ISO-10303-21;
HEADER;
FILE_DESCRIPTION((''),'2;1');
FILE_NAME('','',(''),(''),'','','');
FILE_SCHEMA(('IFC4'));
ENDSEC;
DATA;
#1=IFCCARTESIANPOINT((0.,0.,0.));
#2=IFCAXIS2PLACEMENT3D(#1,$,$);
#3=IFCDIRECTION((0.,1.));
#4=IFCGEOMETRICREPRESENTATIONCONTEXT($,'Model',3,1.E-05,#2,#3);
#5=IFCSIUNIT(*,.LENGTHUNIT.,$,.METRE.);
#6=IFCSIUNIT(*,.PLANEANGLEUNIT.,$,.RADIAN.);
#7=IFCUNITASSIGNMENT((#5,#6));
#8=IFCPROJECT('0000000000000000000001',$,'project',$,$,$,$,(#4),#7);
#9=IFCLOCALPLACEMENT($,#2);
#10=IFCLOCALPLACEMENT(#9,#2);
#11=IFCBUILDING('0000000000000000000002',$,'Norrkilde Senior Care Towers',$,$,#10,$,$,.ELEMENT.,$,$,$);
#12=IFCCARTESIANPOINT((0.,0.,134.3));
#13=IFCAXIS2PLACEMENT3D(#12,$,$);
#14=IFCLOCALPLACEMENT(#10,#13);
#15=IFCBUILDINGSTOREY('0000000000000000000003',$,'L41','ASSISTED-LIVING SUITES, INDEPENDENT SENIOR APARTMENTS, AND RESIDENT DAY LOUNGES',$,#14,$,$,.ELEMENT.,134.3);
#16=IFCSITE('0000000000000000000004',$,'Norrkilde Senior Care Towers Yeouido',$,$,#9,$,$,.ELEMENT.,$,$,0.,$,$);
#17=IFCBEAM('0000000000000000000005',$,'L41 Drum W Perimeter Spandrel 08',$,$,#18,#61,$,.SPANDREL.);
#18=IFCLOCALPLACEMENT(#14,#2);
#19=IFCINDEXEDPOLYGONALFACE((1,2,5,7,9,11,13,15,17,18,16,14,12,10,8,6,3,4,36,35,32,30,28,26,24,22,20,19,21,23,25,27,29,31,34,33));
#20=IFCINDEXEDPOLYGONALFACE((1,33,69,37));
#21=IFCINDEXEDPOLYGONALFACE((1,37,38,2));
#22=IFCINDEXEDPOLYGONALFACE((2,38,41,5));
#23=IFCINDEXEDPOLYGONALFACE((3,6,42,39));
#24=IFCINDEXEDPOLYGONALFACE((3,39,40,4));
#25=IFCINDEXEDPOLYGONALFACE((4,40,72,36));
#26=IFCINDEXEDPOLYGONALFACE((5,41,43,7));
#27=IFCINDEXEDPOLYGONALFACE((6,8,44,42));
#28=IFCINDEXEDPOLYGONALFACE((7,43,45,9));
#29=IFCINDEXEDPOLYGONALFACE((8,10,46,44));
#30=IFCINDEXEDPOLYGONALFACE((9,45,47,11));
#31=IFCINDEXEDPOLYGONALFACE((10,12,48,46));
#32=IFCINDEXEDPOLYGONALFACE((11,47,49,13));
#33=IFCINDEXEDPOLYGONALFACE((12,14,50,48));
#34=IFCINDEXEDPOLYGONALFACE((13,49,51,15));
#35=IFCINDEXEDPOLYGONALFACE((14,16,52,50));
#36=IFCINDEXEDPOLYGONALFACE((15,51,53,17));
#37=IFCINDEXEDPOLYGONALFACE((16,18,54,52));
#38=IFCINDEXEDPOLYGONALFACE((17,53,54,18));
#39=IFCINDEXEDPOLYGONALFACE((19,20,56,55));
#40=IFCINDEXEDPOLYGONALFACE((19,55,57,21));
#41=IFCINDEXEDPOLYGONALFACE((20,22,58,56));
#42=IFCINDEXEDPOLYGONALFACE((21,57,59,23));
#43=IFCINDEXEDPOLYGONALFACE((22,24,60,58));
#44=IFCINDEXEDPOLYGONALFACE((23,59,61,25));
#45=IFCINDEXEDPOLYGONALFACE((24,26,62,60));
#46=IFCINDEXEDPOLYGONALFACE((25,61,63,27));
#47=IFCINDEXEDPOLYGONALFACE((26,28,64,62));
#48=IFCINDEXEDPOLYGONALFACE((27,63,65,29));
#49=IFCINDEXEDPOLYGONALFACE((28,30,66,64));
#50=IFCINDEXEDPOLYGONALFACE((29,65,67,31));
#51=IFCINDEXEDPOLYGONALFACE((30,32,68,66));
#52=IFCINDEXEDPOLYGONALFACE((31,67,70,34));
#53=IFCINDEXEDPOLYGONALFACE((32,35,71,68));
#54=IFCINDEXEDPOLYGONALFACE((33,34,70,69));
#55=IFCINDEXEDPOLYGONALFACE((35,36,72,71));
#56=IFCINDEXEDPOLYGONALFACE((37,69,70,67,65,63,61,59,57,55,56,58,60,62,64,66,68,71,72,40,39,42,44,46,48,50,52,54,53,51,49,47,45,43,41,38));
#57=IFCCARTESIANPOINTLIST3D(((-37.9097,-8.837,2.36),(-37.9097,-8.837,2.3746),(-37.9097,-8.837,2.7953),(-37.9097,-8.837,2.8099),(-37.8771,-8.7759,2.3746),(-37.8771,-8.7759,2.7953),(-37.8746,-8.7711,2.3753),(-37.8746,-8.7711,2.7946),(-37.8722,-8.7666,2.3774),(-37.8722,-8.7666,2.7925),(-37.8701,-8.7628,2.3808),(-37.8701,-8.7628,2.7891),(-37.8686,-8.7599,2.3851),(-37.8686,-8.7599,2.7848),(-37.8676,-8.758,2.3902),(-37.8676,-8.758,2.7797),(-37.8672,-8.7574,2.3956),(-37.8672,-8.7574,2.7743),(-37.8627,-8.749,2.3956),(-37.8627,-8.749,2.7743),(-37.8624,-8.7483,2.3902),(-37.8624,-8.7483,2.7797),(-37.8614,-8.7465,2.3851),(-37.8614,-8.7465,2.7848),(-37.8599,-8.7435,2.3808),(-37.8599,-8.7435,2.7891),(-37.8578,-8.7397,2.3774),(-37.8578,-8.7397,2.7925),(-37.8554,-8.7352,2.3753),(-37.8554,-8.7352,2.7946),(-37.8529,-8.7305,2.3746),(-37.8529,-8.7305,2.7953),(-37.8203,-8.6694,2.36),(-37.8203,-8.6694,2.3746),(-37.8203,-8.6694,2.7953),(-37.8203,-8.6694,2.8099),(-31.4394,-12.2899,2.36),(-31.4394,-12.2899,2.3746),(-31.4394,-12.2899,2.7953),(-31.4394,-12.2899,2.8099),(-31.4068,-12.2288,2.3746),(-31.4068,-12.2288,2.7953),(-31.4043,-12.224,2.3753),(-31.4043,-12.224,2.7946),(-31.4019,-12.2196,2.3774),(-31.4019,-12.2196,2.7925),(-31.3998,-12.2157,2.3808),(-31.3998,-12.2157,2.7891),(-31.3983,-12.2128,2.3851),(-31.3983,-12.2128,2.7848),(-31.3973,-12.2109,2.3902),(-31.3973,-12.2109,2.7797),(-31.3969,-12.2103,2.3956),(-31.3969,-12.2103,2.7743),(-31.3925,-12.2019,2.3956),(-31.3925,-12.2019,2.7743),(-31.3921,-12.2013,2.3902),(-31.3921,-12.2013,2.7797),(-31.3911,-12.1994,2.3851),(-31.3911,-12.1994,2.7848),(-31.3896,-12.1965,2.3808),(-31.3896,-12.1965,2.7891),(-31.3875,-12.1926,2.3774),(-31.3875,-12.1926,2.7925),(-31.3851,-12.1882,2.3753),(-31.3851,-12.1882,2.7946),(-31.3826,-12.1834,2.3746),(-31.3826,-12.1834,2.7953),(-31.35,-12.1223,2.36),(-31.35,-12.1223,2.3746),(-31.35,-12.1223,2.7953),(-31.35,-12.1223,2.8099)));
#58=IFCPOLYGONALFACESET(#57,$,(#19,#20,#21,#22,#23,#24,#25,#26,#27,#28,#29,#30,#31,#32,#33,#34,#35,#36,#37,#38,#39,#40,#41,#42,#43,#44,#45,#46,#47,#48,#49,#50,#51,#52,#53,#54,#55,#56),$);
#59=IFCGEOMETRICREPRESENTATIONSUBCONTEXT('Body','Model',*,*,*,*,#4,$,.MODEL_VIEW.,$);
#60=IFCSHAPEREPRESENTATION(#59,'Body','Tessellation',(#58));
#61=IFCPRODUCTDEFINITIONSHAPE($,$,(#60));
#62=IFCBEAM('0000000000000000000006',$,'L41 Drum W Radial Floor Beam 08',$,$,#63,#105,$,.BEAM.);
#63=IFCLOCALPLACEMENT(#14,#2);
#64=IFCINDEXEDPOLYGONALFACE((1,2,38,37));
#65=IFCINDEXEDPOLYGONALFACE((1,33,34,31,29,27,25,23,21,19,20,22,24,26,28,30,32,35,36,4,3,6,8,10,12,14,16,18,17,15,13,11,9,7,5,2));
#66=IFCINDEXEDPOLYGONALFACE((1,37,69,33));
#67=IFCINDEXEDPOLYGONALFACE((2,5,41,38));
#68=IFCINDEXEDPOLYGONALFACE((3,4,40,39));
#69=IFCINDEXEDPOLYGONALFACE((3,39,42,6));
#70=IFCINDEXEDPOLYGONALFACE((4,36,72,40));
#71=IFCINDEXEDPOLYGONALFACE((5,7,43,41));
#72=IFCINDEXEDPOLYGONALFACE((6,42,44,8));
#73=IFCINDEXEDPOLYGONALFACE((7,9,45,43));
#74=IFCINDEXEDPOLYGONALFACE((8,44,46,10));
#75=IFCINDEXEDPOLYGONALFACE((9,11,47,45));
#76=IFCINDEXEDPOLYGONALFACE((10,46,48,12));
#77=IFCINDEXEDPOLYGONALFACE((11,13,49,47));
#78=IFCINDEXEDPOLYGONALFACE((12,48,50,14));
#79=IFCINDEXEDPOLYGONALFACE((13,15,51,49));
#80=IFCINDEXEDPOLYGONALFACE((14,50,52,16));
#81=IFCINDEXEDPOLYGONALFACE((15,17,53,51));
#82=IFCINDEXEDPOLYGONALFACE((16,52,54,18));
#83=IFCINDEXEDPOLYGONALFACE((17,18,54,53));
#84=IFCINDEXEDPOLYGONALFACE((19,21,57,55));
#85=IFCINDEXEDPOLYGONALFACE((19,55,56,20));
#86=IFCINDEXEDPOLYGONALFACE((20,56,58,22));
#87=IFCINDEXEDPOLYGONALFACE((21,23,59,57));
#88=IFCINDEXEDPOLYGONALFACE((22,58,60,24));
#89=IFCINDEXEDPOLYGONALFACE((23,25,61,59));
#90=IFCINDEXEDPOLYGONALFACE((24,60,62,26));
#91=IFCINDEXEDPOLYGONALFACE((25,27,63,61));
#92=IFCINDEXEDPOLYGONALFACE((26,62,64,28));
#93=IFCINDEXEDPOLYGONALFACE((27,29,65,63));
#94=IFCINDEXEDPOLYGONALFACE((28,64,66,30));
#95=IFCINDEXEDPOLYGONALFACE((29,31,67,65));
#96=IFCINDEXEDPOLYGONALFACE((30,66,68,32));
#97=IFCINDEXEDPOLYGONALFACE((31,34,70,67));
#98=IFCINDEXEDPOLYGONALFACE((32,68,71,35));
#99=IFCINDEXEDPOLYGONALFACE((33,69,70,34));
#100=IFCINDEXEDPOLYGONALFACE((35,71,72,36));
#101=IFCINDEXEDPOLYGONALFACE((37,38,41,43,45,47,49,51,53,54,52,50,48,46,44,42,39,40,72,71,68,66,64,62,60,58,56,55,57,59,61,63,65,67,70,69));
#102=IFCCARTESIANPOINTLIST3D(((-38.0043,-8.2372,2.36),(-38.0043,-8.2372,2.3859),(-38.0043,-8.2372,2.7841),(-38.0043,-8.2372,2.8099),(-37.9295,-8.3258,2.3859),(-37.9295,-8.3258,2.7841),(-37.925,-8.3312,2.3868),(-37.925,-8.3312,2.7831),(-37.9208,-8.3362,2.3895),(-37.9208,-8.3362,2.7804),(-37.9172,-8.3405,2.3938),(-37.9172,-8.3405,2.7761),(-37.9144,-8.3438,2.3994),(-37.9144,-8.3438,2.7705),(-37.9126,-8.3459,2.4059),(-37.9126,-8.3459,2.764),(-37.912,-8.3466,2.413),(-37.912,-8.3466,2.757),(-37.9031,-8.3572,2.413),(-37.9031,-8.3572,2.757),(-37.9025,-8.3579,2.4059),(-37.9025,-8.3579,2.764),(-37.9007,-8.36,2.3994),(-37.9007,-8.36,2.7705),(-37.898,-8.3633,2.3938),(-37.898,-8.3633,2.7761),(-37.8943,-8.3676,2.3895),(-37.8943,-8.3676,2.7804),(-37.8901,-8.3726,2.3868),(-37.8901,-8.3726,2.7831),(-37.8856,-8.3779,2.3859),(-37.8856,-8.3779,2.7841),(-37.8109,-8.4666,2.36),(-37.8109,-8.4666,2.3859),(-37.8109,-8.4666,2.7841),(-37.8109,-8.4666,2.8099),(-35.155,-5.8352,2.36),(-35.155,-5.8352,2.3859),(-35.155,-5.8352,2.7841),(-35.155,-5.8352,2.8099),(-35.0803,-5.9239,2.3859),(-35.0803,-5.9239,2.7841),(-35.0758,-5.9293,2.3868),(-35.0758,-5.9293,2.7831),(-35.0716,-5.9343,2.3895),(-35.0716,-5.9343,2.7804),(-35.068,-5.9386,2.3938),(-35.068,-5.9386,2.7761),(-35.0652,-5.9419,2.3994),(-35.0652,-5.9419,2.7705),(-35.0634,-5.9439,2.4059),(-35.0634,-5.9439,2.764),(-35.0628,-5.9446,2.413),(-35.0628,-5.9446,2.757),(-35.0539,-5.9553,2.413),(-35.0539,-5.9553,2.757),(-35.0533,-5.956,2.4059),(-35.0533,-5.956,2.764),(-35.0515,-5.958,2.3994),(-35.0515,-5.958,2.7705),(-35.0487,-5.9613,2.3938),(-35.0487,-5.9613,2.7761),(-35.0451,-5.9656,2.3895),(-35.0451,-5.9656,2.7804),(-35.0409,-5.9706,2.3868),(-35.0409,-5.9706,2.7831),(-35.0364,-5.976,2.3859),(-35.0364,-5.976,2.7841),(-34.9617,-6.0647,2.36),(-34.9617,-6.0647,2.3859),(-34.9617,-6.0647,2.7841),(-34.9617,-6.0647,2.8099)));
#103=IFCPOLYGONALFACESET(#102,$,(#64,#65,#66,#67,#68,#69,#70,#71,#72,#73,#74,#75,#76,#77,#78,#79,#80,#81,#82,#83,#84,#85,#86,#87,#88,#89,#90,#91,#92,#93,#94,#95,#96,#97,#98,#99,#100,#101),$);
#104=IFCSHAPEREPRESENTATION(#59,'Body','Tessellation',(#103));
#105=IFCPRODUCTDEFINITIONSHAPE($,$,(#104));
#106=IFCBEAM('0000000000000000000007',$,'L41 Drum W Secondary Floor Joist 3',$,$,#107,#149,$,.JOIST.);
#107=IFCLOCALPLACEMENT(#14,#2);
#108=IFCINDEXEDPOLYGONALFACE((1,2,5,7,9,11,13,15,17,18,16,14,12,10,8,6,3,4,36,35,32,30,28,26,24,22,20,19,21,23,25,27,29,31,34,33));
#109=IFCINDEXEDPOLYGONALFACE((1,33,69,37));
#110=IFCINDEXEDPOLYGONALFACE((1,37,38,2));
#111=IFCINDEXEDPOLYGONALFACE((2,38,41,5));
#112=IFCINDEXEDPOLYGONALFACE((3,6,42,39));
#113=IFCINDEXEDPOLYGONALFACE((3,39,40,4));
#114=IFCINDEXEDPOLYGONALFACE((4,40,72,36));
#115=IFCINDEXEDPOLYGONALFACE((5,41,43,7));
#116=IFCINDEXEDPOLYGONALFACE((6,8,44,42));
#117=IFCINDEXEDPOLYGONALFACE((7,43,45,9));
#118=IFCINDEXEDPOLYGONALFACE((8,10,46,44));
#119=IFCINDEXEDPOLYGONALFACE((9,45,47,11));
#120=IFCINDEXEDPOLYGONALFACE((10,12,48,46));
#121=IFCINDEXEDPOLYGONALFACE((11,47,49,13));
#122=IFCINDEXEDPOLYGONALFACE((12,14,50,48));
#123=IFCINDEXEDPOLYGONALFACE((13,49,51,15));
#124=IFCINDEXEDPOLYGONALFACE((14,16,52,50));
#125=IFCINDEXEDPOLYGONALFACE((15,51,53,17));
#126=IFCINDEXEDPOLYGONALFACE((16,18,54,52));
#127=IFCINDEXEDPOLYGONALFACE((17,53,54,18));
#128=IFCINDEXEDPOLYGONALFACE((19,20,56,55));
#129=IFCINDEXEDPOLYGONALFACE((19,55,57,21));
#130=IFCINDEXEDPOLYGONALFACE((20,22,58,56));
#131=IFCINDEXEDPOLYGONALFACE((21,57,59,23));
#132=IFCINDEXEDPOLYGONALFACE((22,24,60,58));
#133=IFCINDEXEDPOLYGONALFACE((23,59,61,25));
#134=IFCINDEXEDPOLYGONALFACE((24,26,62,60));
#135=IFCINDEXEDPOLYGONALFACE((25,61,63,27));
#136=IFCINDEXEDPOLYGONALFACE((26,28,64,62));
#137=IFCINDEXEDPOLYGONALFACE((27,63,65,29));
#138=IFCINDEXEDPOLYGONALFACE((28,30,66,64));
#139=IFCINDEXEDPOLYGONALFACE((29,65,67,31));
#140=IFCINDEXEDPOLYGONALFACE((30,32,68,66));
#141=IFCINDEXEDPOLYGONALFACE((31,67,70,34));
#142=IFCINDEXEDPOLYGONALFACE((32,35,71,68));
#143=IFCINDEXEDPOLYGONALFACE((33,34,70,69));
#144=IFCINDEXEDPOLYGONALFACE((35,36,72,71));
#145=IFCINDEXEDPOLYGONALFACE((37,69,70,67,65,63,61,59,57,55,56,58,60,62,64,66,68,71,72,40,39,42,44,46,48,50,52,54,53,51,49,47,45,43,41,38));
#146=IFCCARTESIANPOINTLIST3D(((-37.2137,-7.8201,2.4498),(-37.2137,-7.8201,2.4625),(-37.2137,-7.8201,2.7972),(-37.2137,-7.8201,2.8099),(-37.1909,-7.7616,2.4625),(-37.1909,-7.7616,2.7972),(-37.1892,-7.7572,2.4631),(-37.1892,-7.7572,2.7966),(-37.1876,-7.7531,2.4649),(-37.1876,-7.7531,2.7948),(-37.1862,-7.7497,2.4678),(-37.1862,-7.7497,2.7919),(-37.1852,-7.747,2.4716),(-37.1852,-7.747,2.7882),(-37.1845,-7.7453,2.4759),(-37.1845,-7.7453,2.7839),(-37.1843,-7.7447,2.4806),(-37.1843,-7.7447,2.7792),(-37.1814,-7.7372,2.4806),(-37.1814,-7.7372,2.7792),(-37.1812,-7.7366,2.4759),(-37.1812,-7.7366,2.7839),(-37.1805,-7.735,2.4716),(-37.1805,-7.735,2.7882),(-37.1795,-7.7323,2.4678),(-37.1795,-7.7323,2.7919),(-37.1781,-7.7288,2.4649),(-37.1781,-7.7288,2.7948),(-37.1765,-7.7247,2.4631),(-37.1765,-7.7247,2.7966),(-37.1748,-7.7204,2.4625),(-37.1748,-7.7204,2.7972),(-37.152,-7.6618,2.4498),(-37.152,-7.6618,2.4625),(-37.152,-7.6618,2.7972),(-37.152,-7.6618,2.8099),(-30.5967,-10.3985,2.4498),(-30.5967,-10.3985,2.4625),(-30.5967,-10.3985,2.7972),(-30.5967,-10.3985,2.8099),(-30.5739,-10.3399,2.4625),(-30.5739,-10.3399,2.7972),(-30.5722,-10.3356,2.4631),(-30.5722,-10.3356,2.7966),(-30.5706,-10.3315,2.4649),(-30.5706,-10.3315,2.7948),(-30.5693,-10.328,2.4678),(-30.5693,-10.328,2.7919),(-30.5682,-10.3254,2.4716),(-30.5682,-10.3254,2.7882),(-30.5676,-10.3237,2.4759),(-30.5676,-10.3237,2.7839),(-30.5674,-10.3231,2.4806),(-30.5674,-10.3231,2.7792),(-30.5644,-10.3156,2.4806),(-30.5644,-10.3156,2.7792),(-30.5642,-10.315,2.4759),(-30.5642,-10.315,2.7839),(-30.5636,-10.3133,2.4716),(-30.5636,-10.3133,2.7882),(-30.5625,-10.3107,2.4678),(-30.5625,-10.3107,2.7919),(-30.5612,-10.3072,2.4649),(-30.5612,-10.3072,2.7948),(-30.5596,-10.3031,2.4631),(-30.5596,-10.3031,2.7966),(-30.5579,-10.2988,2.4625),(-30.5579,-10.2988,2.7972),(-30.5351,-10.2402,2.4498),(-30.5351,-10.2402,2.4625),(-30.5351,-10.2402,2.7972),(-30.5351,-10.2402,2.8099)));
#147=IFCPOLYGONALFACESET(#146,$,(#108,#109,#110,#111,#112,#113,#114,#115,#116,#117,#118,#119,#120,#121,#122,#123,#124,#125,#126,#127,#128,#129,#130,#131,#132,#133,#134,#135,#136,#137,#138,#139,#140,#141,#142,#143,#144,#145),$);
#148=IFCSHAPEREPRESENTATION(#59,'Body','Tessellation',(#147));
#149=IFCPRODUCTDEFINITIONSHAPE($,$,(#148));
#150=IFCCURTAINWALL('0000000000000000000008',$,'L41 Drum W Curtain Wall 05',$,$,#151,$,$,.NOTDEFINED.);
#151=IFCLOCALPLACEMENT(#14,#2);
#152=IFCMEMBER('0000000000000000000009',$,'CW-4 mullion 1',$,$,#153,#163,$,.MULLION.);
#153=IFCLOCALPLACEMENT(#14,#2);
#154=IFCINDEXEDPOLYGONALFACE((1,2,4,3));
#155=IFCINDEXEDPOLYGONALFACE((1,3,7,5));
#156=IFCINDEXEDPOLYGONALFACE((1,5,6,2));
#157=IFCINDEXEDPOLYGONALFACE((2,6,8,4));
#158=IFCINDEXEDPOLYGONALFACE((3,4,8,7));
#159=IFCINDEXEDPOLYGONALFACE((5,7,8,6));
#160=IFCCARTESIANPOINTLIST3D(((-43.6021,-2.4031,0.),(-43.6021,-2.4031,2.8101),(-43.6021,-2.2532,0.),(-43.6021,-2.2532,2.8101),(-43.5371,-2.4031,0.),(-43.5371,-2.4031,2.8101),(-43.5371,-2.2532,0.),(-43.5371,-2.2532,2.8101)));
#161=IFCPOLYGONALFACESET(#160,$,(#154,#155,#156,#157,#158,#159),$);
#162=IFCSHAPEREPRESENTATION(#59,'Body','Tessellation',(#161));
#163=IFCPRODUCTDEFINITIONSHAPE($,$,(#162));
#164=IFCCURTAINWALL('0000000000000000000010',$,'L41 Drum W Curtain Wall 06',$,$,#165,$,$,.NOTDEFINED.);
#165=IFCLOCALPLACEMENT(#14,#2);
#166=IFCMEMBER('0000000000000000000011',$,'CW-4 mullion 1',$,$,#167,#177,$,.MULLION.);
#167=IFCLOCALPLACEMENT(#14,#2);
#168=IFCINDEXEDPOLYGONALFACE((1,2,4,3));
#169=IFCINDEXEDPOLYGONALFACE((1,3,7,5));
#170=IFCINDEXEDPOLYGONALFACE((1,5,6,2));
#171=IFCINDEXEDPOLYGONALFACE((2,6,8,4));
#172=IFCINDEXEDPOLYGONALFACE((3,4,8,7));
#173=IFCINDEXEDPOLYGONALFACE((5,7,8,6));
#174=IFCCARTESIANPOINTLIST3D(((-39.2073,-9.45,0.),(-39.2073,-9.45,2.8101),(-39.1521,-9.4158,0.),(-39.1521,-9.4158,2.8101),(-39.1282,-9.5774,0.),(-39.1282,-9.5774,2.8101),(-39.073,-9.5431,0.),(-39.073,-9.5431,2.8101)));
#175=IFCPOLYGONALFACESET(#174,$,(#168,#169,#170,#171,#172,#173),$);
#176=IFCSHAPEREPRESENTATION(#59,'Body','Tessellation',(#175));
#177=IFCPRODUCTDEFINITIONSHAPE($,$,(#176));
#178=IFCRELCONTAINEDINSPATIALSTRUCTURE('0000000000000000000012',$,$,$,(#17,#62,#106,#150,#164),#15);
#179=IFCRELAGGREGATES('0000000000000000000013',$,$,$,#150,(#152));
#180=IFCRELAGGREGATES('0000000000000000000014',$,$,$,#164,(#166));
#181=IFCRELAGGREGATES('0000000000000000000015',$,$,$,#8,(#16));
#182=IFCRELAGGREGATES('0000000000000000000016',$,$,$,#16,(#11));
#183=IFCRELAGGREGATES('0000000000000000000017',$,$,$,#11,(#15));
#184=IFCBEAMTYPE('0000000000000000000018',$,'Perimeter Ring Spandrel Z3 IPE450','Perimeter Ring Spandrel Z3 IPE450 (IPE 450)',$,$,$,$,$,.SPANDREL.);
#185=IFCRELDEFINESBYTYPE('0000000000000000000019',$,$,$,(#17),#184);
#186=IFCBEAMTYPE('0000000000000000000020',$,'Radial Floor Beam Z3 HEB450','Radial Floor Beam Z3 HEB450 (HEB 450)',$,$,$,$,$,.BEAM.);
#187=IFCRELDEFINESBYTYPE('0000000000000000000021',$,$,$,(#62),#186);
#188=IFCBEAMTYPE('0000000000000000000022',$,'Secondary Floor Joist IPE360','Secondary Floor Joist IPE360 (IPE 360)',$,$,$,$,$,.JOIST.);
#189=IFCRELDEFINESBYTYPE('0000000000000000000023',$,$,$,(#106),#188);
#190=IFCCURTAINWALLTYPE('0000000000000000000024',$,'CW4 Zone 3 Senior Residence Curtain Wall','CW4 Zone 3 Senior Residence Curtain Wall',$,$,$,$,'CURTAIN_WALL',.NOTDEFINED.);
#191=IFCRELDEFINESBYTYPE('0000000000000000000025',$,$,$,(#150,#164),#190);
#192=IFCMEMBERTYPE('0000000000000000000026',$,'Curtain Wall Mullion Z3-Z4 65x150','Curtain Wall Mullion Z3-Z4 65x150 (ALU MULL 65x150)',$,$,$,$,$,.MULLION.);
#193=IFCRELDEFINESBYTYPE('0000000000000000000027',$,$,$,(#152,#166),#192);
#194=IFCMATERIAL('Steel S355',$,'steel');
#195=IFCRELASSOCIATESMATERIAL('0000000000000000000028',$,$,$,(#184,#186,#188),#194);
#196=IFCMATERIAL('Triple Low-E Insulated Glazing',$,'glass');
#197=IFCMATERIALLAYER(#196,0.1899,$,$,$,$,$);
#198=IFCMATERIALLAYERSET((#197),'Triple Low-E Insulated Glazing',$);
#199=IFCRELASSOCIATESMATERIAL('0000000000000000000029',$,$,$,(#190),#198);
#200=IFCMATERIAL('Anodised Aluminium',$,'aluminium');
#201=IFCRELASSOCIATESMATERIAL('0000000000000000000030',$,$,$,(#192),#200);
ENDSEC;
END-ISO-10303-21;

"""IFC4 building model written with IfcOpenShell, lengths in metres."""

from ifc_helpers import new_model, si_unit, direction, frame, origin, origin_2d, place, context, subcontext, project, spatial, rectangle, i_section, extrude, source, transform, mapped, material, layer, layer_set, material_profile, profile_set, type_object, type_shapes, element, aggregate, save


model = new_model("IFC4")

# Units and contexts
model_context = context("Model", 3, precision=1e-05, world=origin(), true_north=direction((0.0, 1.0)))
body_context = subcontext(model_context, "Body", "Model", "MODEL_VIEW")
ifc_project = project(units=[si_unit("LENGTHUNIT", "METRE"), si_unit("PLANEANGLEUNIT", "RADIAN")], contexts=[model_context])

# Site, building, storey
site_placement = place(None, origin())
site = spatial("IfcSite", under=ifc_project, at=site_placement, Name="Norrkilde Senior Care Towers Yeouido", CompositionType="ELEMENT", RefElevation=0.0)
building_placement = place(site_placement, origin())
building = spatial("IfcBuilding", under=site, at=building_placement, Name="Norrkilde Senior Care Towers", CompositionType="ELEMENT")
storey_placement = place(building_placement, frame((0.0, 0.0, 134.3)))
storey = spatial("IfcBuildingStorey", under=building, at=storey_placement, Name="L41", Description="ASSISTED-LIVING SUITES, INDEPENDENT SENIOR APARTMENTS, AND RESIDENT DAY LOUNGES", CompositionType="ELEMENT", Elevation=134.3)

# Beams
ifc_material_1 = material(Name="Steel S355", Category="steel")
ifc_material_profile_1 = material_profile(ifc_material_1, i_section(OverallWidth=0.1899, OverallDepth=0.45, WebThickness=0.0095, FlangeThickness=0.0146, FilletRadius=0.021, at=origin_2d()), Name="IPE 450")
ifc_profile_set_1 = profile_set([ifc_material_profile_1], Name="Steel S355")
beam_type_1 = type_object("IfcBeamType", Name="Perimeter Ring Spandrel Z3 IPE450", Description="Perimeter Ring Spandrel Z3 IPE450 (IPE 450)", PredefinedType="SPANDREL", material=ifc_profile_set_1)
shared_shape_1 = source(origin(), body_context, "Body", "SweptSolid", [
    extrude(i_section(OverallWidth=0.1899, OverallDepth=0.45, WebThickness=0.0095, FlangeThickness=0.0146, FilletRadius=0.021, at=origin_2d()), origin(), (0.0, 0.0, 1.0), 7.334),
])
beam_1_placement = place(storey_placement, frame((-37.865, -8.7532, 2.585), z_axis=(0.882234, -0.470811, 0.0), x_axis=(0.470811, 0.882234, 0.0)))
element("IfcBeam", 1, at=beam_1_placement, inside=storey, type_object=beam_type_1, Name="L41 Drum W Perimeter Spandrel 08", PredefinedType="SPANDREL", context=body_context, shape_type="MappedRepresentation", body=[
    mapped(shared_shape_1, transform((0.0, 0.0, 0.0), x_axis=(1.0, 0.0, 0.0), y_axis=(0.0, 1.0, 0.0), z_axis=(0.0, 0.0, 1.0), scale=1.0)),
])
ifc_material_profile_2 = material_profile(ifc_material_1, i_section(OverallWidth=0.3, OverallDepth=0.45, WebThickness=0.0139, FlangeThickness=0.0259, FilletRadius=0.0271, at=origin_2d()), Name="HEB 450")
ifc_profile_set_2 = profile_set([ifc_material_profile_2], Name="Steel S355")
beam_type_2 = type_object("IfcBeamType", Name="Radial Floor Beam Z3 HEB450", Description="Radial Floor Beam Z3 HEB450 (HEB 450)", PredefinedType="BEAM", material=ifc_profile_set_2)
shared_shape_2 = source(origin(), body_context, "Body", "SweptSolid", [
    extrude(i_section(OverallWidth=0.3, OverallDepth=0.45, WebThickness=0.0139, FlangeThickness=0.0259, FilletRadius=0.0271, at=origin_2d()), origin(), (0.0, 0.0, 1.0), 3.7266),
])
type_shapes(beam_type_2, [shared_shape_2])
beam_2_placement = place(storey_placement, frame((-35.0583, -5.95, 2.585), z_axis=(-0.764568, -0.644543, 0.0), x_axis=(0.644543, -0.764568, 0.0)))
element("IfcBeam", 2, at=beam_2_placement, inside=storey, type_object=beam_type_2, Name="L41 Drum W Radial Floor Beam 08", PredefinedType="BEAM", context=body_context, shape_type="MappedRepresentation", body=[
    mapped(shared_shape_2, transform((0.0, 0.0, 0.0), x_axis=(1.0, 0.0, 0.0), y_axis=(0.0, 1.0, 0.0), z_axis=(0.0, 0.0, 1.0), scale=1.0)),
])
ifc_material_profile_3 = material_profile(ifc_material_1, i_section(OverallWidth=0.1699, OverallDepth=0.3601, WebThickness=0.0081, FlangeThickness=0.0127, FilletRadius=0.0181, at=origin_2d()), Name="IPE 360")
ifc_profile_set_3 = profile_set([ifc_material_profile_3], Name="Steel S355")
beam_type_3 = type_object("IfcBeamType", Name="Secondary Floor Joist IPE360", Description="Secondary Floor Joist IPE360 (IPE 360)", PredefinedType="JOIST", material=ifc_profile_set_3)
shared_shape_3 = source(origin(), body_context, "Body", "SweptSolid", [
    extrude(i_section(OverallWidth=0.1699, OverallDepth=0.3601, WebThickness=0.0081, FlangeThickness=0.0127, FilletRadius=0.0181, at=origin_2d()), origin(), (0.0, 0.0, 1.0), 7.1016),
])
type_shapes(beam_type_3, [shared_shape_3])
beam_3_placement = place(storey_placement, frame((-37.1829, -7.741, 2.6299), z_axis=(0.931761, -0.363072, 0.0), x_axis=(0.363072, 0.931761, 0.0)))
element("IfcBeam", 3, at=beam_3_placement, inside=storey, type_object=beam_type_3, Name="L41 Drum W Secondary Floor Joist 3", PredefinedType="JOIST", context=body_context, shape_type="MappedRepresentation", body=[
    mapped(shared_shape_3, transform((0.0, 0.0, 0.0), x_axis=(1.0, 0.0, 0.0), y_axis=(0.0, 1.0, 0.0), z_axis=(0.0, 0.0, 1.0), scale=1.0)),
])

# Curtain wall, member
ifc_material_2 = material(Name="Triple Low-E Insulated Glazing", Category="glass")
ifc_layer_1 = layer(ifc_material_2, 0.1899)
ifc_layer_set_1 = layer_set([ifc_layer_1], Name="Triple Low-E Insulated Glazing")
curtain_wall_type = type_object("IfcCurtainWallType", Name="CW4 Zone 3 Senior Residence Curtain Wall", Description="CW4 Zone 3 Senior Residence Curtain Wall", ElementType="CURTAIN_WALL", PredefinedType="NOTDEFINED", material=ifc_layer_set_1)
curtain_wall_1_placement = place(storey_placement, origin())
curtain_wall_1 = element("IfcCurtainWall", 4, at=curtain_wall_1_placement, inside=storey, type_object=curtain_wall_type, Name="L41 Drum W Curtain Wall 05", PredefinedType="NOTDEFINED")
ifc_material_3 = material(Name="Anodised Aluminium", Category="aluminium")
ifc_material_profile_4 = material_profile(ifc_material_3, rectangle(XDim=0.0649, YDim=0.1499, at=origin_2d()), Name="ALU MULL 65x150")
ifc_profile_set_4 = profile_set([ifc_material_profile_4], Name="Anodised Aluminium")
member_type_1 = type_object("IfcMemberType", Name="Curtain Wall Mullion Z3-Z4 65x150", Description="Curtain Wall Mullion Z3-Z4 65x150 (ALU MULL 65x150)", PredefinedType="MULLION", material=ifc_profile_set_4)
shared_shape_4 = source(origin(), body_context, "Body", "SweptSolid", [
    extrude(rectangle(XDim=0.0649, YDim=0.1499, at=origin_2d()), origin(), (0.0, 0.0, 1.0), 2.8101),
])
type_shapes(member_type_1, [shared_shape_4])
member_1_placement = place(storey_placement, frame((-43.5696, -2.3281, 0.0), z_axis=(0.0, 0.0, 1.0), x_axis=(-1.0, 0.0, 0.0)))
member_1 = element("IfcMember", 5, at=member_1_placement, type_object=member_type_1, Name="CW-4 mullion 1", PredefinedType="MULLION", context=body_context, shape_type="MappedRepresentation", body=[
    mapped(shared_shape_4, transform((0.0, 0.0, 0.0), x_axis=(1.0, 0.0, 0.0), y_axis=(0.0, 1.0, 0.0), z_axis=(0.0, 0.0, 1.0), scale=1.0)),
])

# Curtain wall, member
curtain_wall_2_placement = place(storey_placement, origin())
curtain_wall_2 = element("IfcCurtainWall", 6, at=curtain_wall_2_placement, inside=storey, type_object=curtain_wall_type, Name="L41 Drum W Curtain Wall 06", PredefinedType="NOTDEFINED")
member_2_placement = place(storey_placement, frame((-39.1401, -9.4966, 0.0), z_axis=(0.0, 0.0, 1.0), x_axis=(-0.849634, -0.527373, 0.0)))
member_2 = element("IfcMember", 7, at=member_2_placement, type_object=member_type_1, Name="CW-4 mullion 1", PredefinedType="MULLION", context=body_context, shape_type="MappedRepresentation", body=[
    mapped(shared_shape_4, transform((0.0, 0.0, 0.0), x_axis=(1.0, 0.0, 0.0), y_axis=(0.0, 1.0, 0.0), z_axis=(0.0, 0.0, 1.0), scale=1.0)),
])

aggregate(curtain_wall_1, [member_1])

aggregate(curtain_wall_2, [member_2])

save(model, "model.ifc")
